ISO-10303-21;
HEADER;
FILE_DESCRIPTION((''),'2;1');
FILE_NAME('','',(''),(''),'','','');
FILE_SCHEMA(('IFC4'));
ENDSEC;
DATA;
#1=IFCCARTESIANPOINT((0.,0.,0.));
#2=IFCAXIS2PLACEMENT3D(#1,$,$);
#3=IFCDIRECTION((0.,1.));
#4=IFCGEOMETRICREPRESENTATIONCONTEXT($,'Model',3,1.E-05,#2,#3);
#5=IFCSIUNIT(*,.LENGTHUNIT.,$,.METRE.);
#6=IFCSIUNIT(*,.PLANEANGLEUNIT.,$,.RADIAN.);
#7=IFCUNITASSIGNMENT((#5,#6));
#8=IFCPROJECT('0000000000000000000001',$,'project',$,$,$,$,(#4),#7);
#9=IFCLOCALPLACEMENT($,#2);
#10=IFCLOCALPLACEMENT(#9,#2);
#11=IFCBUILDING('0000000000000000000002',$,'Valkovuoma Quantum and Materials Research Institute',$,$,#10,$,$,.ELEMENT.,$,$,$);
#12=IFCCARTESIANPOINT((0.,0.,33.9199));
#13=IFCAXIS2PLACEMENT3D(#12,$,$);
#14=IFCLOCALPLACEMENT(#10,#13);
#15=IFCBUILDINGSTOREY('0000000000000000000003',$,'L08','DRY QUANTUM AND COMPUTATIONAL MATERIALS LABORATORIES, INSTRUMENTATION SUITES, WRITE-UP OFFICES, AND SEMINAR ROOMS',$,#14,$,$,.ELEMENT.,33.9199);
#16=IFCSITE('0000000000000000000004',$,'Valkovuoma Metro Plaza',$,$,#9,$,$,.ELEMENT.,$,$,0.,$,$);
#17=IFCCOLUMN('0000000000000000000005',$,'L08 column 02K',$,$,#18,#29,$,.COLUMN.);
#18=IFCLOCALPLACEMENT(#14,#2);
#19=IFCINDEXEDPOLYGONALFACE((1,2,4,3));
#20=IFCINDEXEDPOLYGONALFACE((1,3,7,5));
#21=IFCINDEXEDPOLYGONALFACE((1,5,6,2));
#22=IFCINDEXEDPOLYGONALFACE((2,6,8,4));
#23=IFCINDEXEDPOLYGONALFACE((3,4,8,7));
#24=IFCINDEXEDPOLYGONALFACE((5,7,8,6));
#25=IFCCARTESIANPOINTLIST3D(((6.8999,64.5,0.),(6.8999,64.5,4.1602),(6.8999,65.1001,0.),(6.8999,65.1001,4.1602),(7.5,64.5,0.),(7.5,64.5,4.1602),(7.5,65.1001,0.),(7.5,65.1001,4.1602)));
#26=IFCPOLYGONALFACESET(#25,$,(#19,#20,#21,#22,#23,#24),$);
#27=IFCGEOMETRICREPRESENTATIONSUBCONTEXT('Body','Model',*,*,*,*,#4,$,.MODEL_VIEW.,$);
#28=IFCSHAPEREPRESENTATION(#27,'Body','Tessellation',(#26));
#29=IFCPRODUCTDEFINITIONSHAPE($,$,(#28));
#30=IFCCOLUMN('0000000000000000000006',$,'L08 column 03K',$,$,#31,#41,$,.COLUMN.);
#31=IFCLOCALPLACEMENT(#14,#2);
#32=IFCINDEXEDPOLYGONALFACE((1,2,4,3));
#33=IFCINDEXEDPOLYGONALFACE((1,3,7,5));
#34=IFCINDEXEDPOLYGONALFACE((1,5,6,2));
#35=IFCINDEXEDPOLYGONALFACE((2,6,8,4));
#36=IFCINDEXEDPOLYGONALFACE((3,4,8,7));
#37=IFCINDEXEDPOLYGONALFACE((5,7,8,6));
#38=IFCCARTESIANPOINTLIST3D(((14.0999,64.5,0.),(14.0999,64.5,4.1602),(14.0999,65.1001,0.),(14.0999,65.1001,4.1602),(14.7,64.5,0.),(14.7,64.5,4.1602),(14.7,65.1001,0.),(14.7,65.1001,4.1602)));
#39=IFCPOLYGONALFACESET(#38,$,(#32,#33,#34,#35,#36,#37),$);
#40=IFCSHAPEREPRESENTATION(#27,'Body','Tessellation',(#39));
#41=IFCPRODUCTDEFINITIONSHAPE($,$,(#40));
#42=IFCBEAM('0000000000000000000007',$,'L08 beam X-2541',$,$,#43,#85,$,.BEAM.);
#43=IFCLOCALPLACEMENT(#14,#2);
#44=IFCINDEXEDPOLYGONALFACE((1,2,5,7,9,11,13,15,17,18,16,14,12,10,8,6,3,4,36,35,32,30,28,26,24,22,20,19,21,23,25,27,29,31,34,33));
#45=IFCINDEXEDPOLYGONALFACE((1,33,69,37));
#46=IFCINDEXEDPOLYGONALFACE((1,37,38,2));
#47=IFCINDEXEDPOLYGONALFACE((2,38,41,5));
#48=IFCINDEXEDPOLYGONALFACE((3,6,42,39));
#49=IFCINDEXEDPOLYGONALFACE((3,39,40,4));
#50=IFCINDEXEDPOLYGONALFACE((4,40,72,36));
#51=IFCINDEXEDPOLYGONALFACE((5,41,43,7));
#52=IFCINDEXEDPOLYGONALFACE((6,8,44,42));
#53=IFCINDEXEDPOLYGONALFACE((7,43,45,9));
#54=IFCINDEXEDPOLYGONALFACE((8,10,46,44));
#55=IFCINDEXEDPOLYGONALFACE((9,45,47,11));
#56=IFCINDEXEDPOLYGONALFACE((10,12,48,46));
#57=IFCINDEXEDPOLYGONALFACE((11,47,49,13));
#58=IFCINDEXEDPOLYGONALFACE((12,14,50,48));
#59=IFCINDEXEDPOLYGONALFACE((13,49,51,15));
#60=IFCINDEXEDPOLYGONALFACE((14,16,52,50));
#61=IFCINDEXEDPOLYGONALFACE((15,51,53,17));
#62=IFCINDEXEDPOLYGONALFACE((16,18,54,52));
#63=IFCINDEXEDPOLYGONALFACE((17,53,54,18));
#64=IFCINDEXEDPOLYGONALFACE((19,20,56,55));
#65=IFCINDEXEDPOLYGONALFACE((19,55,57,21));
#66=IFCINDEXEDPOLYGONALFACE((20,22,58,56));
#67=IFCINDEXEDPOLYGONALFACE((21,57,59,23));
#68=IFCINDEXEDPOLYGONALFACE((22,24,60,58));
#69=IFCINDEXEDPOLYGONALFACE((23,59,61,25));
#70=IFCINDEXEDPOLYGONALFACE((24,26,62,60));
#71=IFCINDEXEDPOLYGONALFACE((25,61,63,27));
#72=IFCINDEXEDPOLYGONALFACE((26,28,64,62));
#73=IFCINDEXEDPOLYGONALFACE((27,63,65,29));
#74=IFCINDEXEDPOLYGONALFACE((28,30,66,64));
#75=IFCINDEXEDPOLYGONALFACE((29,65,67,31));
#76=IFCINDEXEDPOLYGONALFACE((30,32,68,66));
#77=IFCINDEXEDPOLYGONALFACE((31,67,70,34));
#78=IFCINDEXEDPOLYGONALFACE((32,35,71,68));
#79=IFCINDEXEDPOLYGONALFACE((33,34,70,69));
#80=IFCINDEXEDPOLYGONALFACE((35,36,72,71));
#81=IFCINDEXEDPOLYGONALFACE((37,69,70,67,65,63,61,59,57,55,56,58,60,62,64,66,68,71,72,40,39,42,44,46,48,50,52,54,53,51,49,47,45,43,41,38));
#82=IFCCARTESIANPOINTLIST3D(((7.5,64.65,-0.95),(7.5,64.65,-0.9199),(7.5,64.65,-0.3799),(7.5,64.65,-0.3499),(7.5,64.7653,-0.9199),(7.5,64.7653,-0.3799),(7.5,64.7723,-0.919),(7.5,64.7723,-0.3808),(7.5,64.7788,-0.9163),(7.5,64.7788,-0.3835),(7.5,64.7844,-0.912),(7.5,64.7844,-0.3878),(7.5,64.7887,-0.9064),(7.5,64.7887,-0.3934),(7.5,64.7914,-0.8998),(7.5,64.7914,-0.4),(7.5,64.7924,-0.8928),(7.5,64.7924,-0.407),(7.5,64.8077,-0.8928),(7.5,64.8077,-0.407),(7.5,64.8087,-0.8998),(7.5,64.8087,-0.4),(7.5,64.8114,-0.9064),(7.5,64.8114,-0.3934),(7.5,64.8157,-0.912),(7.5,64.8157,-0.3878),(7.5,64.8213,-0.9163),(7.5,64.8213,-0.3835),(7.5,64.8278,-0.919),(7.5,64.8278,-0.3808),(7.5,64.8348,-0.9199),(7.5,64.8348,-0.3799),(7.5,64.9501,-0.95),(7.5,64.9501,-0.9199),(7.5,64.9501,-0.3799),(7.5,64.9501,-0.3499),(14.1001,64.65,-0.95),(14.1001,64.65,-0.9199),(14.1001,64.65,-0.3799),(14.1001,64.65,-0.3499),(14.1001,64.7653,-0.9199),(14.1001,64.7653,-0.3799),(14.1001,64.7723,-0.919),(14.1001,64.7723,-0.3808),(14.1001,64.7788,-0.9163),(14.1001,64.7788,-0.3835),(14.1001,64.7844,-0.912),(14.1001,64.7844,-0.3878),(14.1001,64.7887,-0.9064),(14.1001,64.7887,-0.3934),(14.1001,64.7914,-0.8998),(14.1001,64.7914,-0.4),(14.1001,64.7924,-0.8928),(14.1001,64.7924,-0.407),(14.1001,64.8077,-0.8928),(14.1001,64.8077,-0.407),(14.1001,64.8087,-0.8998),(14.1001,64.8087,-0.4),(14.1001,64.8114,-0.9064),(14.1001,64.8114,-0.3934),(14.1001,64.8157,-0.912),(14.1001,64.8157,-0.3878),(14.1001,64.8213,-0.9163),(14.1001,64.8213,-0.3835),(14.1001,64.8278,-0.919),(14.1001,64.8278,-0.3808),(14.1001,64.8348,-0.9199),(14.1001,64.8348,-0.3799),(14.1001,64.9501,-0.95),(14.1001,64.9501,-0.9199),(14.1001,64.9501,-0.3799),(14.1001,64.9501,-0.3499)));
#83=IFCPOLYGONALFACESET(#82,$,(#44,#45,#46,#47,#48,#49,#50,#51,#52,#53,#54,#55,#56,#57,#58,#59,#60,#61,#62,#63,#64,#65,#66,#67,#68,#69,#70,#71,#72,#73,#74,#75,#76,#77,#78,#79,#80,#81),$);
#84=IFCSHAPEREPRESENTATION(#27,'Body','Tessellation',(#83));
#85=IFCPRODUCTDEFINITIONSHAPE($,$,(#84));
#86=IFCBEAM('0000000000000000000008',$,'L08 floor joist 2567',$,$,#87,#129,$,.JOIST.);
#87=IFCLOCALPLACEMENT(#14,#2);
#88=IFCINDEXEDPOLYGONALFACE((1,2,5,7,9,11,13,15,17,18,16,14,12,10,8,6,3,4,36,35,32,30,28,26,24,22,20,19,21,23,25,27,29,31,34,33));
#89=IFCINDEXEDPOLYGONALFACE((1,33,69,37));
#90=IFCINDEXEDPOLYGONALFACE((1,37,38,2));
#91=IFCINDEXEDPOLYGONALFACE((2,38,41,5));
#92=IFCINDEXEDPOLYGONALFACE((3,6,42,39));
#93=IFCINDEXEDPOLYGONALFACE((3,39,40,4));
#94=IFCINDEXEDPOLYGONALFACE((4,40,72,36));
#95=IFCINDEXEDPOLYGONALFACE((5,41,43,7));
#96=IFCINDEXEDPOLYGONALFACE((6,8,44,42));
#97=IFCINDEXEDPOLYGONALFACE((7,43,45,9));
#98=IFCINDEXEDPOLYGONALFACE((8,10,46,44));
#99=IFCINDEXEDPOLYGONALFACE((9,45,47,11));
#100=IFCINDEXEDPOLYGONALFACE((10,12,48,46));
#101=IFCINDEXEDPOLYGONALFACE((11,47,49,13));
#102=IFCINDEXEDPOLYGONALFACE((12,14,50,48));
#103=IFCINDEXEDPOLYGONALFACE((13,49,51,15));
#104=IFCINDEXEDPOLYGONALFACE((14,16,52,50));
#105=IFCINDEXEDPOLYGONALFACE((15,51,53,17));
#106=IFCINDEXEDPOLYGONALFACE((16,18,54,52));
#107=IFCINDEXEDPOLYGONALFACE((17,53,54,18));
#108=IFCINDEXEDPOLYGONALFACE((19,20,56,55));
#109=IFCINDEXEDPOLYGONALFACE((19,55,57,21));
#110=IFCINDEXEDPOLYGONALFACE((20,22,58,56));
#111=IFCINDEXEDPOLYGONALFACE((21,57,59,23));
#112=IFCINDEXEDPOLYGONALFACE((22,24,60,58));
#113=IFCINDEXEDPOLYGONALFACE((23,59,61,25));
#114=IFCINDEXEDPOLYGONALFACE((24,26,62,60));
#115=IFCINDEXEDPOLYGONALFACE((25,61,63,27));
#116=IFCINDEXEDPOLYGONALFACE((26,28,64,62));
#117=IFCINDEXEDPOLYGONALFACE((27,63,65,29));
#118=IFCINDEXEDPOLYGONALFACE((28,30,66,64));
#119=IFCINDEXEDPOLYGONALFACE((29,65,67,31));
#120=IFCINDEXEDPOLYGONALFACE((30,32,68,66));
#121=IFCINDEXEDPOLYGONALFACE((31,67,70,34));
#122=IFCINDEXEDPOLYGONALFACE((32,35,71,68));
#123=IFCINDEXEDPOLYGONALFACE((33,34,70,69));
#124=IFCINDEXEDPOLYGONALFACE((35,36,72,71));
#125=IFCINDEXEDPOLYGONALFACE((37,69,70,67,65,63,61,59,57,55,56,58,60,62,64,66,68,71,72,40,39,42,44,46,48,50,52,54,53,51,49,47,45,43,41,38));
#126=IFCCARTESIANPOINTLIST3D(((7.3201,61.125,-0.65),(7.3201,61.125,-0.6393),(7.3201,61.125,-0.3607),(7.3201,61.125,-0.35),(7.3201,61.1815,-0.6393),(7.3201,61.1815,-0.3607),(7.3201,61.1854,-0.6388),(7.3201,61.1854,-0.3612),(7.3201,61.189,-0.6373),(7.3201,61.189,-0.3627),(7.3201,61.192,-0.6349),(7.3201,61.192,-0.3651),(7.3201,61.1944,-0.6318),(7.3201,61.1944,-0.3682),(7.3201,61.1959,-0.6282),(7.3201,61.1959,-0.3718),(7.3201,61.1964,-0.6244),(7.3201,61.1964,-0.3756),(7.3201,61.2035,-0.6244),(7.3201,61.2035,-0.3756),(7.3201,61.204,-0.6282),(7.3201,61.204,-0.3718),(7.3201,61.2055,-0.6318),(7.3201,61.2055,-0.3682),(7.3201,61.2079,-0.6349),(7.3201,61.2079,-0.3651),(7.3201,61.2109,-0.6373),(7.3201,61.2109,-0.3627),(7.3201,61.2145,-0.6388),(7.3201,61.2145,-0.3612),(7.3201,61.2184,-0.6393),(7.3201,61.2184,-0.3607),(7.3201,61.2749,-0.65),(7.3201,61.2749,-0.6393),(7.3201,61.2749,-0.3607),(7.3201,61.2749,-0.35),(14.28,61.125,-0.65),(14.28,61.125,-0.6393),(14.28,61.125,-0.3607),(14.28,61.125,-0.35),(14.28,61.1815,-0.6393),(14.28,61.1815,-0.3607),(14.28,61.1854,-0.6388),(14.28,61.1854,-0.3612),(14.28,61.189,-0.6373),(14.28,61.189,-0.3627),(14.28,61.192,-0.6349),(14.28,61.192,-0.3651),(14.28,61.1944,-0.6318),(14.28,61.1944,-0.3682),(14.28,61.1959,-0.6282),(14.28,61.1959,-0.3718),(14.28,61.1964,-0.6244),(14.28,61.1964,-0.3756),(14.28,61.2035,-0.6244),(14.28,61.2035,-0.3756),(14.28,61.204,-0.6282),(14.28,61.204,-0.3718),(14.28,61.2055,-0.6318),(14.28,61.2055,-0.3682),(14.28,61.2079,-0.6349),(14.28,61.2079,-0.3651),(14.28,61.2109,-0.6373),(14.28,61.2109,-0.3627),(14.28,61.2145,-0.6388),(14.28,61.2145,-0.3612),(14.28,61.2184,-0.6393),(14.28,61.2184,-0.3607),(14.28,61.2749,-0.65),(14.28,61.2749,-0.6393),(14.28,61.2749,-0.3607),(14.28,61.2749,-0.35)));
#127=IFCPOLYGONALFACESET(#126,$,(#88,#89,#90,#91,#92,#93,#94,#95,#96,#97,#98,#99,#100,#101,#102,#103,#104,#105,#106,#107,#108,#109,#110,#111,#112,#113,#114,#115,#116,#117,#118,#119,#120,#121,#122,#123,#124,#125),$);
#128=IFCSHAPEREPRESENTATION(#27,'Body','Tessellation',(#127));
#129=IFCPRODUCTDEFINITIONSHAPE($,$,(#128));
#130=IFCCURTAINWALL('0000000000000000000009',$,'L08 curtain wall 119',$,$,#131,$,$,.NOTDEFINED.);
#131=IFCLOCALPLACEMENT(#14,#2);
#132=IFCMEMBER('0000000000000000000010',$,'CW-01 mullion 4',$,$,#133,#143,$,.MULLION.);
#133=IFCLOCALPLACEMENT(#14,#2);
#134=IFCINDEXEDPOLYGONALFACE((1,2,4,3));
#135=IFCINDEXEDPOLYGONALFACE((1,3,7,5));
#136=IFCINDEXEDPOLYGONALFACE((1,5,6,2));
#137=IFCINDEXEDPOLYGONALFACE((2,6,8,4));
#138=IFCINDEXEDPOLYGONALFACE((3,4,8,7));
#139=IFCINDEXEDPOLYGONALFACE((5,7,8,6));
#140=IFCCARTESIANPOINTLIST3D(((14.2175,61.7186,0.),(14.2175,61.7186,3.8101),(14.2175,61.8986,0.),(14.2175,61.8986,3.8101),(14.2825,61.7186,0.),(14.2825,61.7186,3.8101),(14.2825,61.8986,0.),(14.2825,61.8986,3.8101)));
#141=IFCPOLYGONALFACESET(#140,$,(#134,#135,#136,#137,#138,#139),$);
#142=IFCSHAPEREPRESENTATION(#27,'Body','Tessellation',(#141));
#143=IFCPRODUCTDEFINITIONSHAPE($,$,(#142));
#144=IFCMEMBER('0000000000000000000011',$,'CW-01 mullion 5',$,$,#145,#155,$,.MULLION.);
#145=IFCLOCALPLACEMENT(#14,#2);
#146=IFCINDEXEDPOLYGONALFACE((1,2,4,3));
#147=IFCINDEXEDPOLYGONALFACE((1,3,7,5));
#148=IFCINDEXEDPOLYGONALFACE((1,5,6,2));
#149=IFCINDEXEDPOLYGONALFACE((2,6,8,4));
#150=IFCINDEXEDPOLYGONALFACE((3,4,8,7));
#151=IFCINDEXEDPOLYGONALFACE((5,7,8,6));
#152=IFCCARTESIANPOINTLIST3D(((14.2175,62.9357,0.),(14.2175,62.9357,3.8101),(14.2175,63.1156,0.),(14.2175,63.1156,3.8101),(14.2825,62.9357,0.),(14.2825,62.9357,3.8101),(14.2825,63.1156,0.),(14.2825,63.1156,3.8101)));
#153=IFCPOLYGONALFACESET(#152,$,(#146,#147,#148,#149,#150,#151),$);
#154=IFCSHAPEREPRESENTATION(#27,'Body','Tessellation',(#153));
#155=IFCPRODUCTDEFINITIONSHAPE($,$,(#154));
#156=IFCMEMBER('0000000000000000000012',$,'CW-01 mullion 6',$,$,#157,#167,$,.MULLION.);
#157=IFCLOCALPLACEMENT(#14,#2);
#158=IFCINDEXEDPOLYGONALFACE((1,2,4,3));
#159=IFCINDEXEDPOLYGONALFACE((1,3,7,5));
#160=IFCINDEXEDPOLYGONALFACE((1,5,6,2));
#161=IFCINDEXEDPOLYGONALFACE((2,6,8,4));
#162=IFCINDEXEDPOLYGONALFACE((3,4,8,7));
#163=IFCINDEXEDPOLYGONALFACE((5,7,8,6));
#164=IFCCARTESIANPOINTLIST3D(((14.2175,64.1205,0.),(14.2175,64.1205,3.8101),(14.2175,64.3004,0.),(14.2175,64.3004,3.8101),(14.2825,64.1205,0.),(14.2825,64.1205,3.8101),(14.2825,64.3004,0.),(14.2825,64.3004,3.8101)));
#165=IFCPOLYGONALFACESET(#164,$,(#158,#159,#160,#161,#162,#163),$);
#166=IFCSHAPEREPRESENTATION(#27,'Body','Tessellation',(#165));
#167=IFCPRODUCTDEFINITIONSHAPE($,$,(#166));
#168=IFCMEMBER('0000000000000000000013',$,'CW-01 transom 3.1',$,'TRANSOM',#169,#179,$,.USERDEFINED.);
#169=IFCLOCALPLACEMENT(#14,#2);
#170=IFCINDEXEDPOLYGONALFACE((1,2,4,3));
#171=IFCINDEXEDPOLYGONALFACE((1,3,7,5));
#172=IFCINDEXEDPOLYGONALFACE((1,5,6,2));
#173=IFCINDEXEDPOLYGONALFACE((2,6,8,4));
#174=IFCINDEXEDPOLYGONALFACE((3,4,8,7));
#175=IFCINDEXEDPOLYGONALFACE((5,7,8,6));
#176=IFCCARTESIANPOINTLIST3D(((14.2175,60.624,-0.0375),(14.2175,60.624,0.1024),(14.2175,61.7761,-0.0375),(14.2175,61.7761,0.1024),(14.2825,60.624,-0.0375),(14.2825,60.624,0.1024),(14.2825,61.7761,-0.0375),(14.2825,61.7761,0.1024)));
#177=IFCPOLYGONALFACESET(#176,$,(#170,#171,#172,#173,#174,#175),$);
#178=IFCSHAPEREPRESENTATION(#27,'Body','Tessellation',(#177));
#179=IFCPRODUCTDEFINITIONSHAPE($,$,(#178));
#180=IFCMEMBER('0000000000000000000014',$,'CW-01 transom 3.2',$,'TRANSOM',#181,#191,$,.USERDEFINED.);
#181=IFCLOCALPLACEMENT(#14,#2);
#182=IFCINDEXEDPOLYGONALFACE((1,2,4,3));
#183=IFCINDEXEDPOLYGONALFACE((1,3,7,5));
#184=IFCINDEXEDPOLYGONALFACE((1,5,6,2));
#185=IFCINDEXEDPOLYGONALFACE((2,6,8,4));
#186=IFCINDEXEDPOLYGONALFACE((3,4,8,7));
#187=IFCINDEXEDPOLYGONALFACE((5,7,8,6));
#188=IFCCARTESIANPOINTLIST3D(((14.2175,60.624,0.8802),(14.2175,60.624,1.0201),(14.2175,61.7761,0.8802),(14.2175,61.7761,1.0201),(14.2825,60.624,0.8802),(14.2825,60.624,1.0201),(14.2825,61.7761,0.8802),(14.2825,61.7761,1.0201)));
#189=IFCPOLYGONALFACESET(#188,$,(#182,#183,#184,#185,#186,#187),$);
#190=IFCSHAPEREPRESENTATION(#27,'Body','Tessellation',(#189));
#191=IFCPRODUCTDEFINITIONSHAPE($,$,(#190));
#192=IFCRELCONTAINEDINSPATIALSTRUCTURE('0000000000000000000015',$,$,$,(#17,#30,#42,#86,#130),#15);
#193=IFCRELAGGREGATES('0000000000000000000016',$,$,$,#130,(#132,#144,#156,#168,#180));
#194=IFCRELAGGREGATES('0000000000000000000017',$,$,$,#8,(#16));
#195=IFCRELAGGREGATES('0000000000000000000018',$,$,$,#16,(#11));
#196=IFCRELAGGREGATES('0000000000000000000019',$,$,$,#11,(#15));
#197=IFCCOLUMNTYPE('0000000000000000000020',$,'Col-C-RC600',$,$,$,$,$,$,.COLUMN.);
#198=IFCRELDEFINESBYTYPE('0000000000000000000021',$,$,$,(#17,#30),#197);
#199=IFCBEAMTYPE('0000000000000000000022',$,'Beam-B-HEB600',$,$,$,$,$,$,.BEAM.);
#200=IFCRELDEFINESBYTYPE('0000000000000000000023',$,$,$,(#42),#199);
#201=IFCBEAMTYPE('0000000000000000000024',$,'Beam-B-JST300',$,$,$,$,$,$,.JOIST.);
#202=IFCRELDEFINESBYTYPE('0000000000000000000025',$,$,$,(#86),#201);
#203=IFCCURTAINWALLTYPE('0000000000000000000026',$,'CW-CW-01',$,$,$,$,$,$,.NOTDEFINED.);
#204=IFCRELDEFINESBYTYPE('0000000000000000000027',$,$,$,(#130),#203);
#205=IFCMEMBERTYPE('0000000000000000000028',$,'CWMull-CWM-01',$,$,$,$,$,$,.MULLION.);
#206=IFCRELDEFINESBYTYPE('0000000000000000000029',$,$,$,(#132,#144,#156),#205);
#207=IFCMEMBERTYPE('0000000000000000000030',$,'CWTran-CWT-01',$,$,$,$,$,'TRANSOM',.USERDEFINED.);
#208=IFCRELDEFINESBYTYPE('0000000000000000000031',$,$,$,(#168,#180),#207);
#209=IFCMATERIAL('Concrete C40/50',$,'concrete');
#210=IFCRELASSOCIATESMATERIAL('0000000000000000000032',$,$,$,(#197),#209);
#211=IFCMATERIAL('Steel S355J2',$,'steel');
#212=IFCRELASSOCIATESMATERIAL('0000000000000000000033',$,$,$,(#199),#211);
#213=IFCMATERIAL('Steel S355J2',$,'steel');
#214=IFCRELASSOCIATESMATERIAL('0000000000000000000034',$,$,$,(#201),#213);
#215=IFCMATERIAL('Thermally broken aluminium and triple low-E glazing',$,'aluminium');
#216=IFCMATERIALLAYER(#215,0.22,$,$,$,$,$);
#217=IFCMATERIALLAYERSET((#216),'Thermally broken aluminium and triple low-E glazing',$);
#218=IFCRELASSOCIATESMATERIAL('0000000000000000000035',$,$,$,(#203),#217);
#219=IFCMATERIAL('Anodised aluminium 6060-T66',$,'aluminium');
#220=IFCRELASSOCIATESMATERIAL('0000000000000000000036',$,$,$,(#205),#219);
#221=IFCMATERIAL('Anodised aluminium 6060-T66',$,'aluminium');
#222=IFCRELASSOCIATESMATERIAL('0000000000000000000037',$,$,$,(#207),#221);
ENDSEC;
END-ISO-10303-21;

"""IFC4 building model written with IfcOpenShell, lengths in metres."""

from ifc_helpers import new_model, si_unit, direction, frame, origin, origin_2d, place, context, subcontext, project, spatial, rectangle, i_section, extrude, material, layer, layer_set, material_profile, profile_set, type_object, element, aggregate, save


model = new_model("IFC4")

# Units and contexts
model_context = context("Model", 3, precision=1e-05, world=origin(), true_north=direction((0.0, 1.0)))
body_context = subcontext(model_context, "Body", "Model", "MODEL_VIEW")
ifc_project = project(units=[si_unit("LENGTHUNIT", "METRE"), si_unit("PLANEANGLEUNIT", "RADIAN")], contexts=[model_context])

# Site, building, storey
site_placement = place(None, origin())
site = spatial("IfcSite", under=ifc_project, at=site_placement, Name="Valkovuoma Metro Plaza", CompositionType="ELEMENT", RefElevation=0.0)
building_placement = place(site_placement, origin())
building = spatial("IfcBuilding", under=site, at=building_placement, Name="Valkovuoma Quantum and Materials Research Institute", CompositionType="ELEMENT")
storey_placement = place(building_placement, frame((0.0, 0.0, 33.9199)))
storey = spatial("IfcBuildingStorey", under=building, at=storey_placement, Name="L08", Description="DRY QUANTUM AND COMPUTATIONAL MATERIALS LABORATORIES, INSTRUMENTATION SUITES, WRITE-UP OFFICES, AND SEMINAR ROOMS", CompositionType="ELEMENT", Elevation=33.9199)

# Columns
ifc_material_1 = material(Name="Concrete C40/50", Category="concrete")
ifc_material_profile_1 = material_profile(ifc_material_1, rectangle(XDim=0.6001, YDim=0.6001, at=origin_2d()), Name="Concrete C40/50")
ifc_profile_set_1 = profile_set([ifc_material_profile_1], Name="Concrete C40/50")
column_type = type_object("IfcColumnType", Name="Col-C-RC600", PredefinedType="COLUMN", material=ifc_profile_set_1)
for number, where, z_axis, x_axis, name in (
    (1, (7.2, 64.8, 0.0), (0.0, 0.0, 1.0), (1.0, 0.0, 0.0), "L08 column 02K"),
    (2, (14.3999, 64.8, 0.0), (0.0, 0.0, 1.0), (1.0, 0.0, 0.0), "L08 column 03K"),
):
    element("IfcColumn", number, at=place(storey_placement, frame(where, z_axis=z_axis, x_axis=x_axis)), inside=storey, type_object=column_type, Name=name, PredefinedType="COLUMN", context=body_context, shape_type="SweptSolid", body=[
        extrude(rectangle(XDim=0.6001, YDim=0.6001, at=origin_2d()), origin(), (0.0, 0.0, 1.0), 4.1602),
    ])

# Beams
ifc_material_2 = material(Name="Steel S355J2", Category="steel")
ifc_material_profile_2 = material_profile(ifc_material_2, i_section(OverallWidth=0.3, OverallDepth=0.6001, WebThickness=0.0154, FlangeThickness=0.03, FilletRadius=0.0271, at=origin_2d()), Name="Steel S355J2")
ifc_profile_set_2 = profile_set([ifc_material_profile_2], Name="Steel S355J2")
beam_type_1 = type_object("IfcBeamType", Name="Beam-B-HEB600", PredefinedType="BEAM", material=ifc_profile_set_2)
beam_1_placement = place(storey_placement, frame((7.5, 64.8, -0.6499), z_axis=(1.0, 0.0, 0.0), x_axis=(0.0, 1.0, 0.0)))
element("IfcBeam", 3, at=beam_1_placement, inside=storey, type_object=beam_type_1, Name="L08 beam X-2541", PredefinedType="BEAM", context=body_context, shape_type="SweptSolid", body=[
    extrude(i_section(OverallWidth=0.3, OverallDepth=0.6001, WebThickness=0.0154, FlangeThickness=0.03, FilletRadius=0.0271, at=origin_2d()), origin(), (0.0, 0.0, 1.0), 6.6001),
])
ifc_material_3 = material(Name="Steel S355J2", Category="steel")
ifc_material_profile_3 = material_profile(ifc_material_3, i_section(OverallWidth=0.1499, OverallDepth=0.3, WebThickness=0.0071, FlangeThickness=0.0107, FilletRadius=0.0149, at=origin_2d()), Name="Steel S355J2")
ifc_profile_set_3 = profile_set([ifc_material_profile_3], Name="Steel S355J2")
beam_type_2 = type_object("IfcBeamType", Name="Beam-B-JST300", PredefinedType="JOIST", material=ifc_profile_set_3)
beam_2_placement = place(storey_placement, frame((7.3201, 61.2, -0.5), z_axis=(1.0, 0.0, 0.0), x_axis=(0.0, 1.0, 0.0)))
element("IfcBeam", 4, at=beam_2_placement, inside=storey, type_object=beam_type_2, Name="L08 floor joist 2567", PredefinedType="JOIST", context=body_context, shape_type="SweptSolid", body=[
    extrude(i_section(OverallWidth=0.1499, OverallDepth=0.3, WebThickness=0.0071, FlangeThickness=0.0107, FilletRadius=0.0149, at=origin_2d()), origin(), (0.0, 0.0, 1.0), 6.96),
])

# Curtain wall, members
ifc_material_4 = material(Name="Thermally broken aluminium and triple low-E glazing", Category="aluminium")
ifc_layer_1 = layer(ifc_material_4, 0.22)
ifc_layer_set_1 = layer_set([ifc_layer_1], Name="Thermally broken aluminium and triple low-E glazing")
curtain_wall_type = type_object("IfcCurtainWallType", Name="CW-CW-01", PredefinedType="NOTDEFINED", material=ifc_layer_set_1)
curtain_wall_placement = place(storey_placement, origin())
curtain_wall = element("IfcCurtainWall", 5, at=curtain_wall_placement, inside=storey, type_object=curtain_wall_type, Name="L08 curtain wall 119", PredefinedType="NOTDEFINED")
ifc_material_5 = material(Name="Anodised aluminium 6060-T66", Category="aluminium")
ifc_material_profile_4 = material_profile(ifc_material_5, rectangle(XDim=0.0649, YDim=0.1799, at=origin_2d()), Name="Anodised aluminium 6060-T66")
ifc_profile_set_4 = profile_set([ifc_material_profile_4], Name="Anodised aluminium 6060-T66")
member_type_1 = type_object("IfcMemberType", Name="CWMull-CWM-01", PredefinedType="MULLION", material=ifc_profile_set_4)
member_1_placement = place(storey_placement, frame((14.25, 61.8086, 0.0), z_axis=(0.0, 0.0, 1.0), x_axis=(-1.0, 0.0, 0.0)))
member_1 = element("IfcMember", 6, at=member_1_placement, type_object=member_type_1, Name="CW-01 mullion 4", PredefinedType="MULLION", context=body_context, shape_type="SweptSolid", body=[
    extrude(rectangle(XDim=0.0649, YDim=0.1799, at=origin_2d()), origin(), (0.0, 0.0, 1.0), 3.8101),
])
member_2_placement = place(storey_placement, frame((14.25, 63.0256, 0.0), z_axis=(0.0, 0.0, 1.0), x_axis=(-1.0, 0.0, 0.0)))
member_2 = element("IfcMember", 7, at=member_2_placement, type_object=member_type_1, Name="CW-01 mullion 5", PredefinedType="MULLION", context=body_context, shape_type="SweptSolid", body=[
    extrude(rectangle(XDim=0.0649, YDim=0.1799, at=origin_2d()), origin(), (0.0, 0.0, 1.0), 3.8101),
])
member_3_placement = place(storey_placement, frame((14.25, 64.2104, 0.0), z_axis=(0.0, 0.0, 1.0), x_axis=(-1.0, 0.0, 0.0)))
member_3 = element("IfcMember", 8, at=member_3_placement, type_object=member_type_1, Name="CW-01 mullion 6", PredefinedType="MULLION", context=body_context, shape_type="SweptSolid", body=[
    extrude(rectangle(XDim=0.0649, YDim=0.1799, at=origin_2d()), origin(), (0.0, 0.0, 1.0), 3.8101),
])
ifc_material_6 = material(Name="Anodised aluminium 6060-T66", Category="aluminium")
ifc_material_profile_5 = material_profile(ifc_material_6, rectangle(XDim=0.0649, YDim=0.1399, at=origin_2d()), Name="Anodised aluminium 6060-T66")
ifc_profile_set_5 = profile_set([ifc_material_profile_5], Name="Anodised aluminium 6060-T66")
member_type_2 = type_object("IfcMemberType", Name="CWTran-CWT-01", ElementType="TRANSOM", PredefinedType="USERDEFINED", material=ifc_profile_set_5)
member_4_placement = place(storey_placement, frame((14.25, 60.624, 0.0325), z_axis=(0.0, 1.0, 0.0), x_axis=(-1.0, 0.0, 0.0)))
member_4 = element("IfcMember", 9, at=member_4_placement, type_object=member_type_2, Name="CW-01 transom 3.1", ObjectType="TRANSOM", PredefinedType="USERDEFINED", context=body_context, shape_type="SweptSolid", body=[
    extrude(rectangle(XDim=0.0649, YDim=0.1399, at=origin_2d()), origin(), (0.0, 0.0, 1.0), 1.1521),
])
member_5_placement = place(storey_placement, frame((14.25, 60.624, 0.9502), z_axis=(0.0, 1.0, 0.0), x_axis=(-1.0, 0.0, 0.0)))
member_5 = element("IfcMember", 10, at=member_5_placement, type_object=member_type_2, Name="CW-01 transom 3.2", ObjectType="TRANSOM", PredefinedType="USERDEFINED", context=body_context, shape_type="SweptSolid", body=[
    extrude(rectangle(XDim=0.0649, YDim=0.1399, at=origin_2d()), origin(), (0.0, 0.0, 1.0), 1.1521),
])
aggregate(curtain_wall, [member_1, member_2, member_3, member_4, member_5])

save(model, "model.ifc")
